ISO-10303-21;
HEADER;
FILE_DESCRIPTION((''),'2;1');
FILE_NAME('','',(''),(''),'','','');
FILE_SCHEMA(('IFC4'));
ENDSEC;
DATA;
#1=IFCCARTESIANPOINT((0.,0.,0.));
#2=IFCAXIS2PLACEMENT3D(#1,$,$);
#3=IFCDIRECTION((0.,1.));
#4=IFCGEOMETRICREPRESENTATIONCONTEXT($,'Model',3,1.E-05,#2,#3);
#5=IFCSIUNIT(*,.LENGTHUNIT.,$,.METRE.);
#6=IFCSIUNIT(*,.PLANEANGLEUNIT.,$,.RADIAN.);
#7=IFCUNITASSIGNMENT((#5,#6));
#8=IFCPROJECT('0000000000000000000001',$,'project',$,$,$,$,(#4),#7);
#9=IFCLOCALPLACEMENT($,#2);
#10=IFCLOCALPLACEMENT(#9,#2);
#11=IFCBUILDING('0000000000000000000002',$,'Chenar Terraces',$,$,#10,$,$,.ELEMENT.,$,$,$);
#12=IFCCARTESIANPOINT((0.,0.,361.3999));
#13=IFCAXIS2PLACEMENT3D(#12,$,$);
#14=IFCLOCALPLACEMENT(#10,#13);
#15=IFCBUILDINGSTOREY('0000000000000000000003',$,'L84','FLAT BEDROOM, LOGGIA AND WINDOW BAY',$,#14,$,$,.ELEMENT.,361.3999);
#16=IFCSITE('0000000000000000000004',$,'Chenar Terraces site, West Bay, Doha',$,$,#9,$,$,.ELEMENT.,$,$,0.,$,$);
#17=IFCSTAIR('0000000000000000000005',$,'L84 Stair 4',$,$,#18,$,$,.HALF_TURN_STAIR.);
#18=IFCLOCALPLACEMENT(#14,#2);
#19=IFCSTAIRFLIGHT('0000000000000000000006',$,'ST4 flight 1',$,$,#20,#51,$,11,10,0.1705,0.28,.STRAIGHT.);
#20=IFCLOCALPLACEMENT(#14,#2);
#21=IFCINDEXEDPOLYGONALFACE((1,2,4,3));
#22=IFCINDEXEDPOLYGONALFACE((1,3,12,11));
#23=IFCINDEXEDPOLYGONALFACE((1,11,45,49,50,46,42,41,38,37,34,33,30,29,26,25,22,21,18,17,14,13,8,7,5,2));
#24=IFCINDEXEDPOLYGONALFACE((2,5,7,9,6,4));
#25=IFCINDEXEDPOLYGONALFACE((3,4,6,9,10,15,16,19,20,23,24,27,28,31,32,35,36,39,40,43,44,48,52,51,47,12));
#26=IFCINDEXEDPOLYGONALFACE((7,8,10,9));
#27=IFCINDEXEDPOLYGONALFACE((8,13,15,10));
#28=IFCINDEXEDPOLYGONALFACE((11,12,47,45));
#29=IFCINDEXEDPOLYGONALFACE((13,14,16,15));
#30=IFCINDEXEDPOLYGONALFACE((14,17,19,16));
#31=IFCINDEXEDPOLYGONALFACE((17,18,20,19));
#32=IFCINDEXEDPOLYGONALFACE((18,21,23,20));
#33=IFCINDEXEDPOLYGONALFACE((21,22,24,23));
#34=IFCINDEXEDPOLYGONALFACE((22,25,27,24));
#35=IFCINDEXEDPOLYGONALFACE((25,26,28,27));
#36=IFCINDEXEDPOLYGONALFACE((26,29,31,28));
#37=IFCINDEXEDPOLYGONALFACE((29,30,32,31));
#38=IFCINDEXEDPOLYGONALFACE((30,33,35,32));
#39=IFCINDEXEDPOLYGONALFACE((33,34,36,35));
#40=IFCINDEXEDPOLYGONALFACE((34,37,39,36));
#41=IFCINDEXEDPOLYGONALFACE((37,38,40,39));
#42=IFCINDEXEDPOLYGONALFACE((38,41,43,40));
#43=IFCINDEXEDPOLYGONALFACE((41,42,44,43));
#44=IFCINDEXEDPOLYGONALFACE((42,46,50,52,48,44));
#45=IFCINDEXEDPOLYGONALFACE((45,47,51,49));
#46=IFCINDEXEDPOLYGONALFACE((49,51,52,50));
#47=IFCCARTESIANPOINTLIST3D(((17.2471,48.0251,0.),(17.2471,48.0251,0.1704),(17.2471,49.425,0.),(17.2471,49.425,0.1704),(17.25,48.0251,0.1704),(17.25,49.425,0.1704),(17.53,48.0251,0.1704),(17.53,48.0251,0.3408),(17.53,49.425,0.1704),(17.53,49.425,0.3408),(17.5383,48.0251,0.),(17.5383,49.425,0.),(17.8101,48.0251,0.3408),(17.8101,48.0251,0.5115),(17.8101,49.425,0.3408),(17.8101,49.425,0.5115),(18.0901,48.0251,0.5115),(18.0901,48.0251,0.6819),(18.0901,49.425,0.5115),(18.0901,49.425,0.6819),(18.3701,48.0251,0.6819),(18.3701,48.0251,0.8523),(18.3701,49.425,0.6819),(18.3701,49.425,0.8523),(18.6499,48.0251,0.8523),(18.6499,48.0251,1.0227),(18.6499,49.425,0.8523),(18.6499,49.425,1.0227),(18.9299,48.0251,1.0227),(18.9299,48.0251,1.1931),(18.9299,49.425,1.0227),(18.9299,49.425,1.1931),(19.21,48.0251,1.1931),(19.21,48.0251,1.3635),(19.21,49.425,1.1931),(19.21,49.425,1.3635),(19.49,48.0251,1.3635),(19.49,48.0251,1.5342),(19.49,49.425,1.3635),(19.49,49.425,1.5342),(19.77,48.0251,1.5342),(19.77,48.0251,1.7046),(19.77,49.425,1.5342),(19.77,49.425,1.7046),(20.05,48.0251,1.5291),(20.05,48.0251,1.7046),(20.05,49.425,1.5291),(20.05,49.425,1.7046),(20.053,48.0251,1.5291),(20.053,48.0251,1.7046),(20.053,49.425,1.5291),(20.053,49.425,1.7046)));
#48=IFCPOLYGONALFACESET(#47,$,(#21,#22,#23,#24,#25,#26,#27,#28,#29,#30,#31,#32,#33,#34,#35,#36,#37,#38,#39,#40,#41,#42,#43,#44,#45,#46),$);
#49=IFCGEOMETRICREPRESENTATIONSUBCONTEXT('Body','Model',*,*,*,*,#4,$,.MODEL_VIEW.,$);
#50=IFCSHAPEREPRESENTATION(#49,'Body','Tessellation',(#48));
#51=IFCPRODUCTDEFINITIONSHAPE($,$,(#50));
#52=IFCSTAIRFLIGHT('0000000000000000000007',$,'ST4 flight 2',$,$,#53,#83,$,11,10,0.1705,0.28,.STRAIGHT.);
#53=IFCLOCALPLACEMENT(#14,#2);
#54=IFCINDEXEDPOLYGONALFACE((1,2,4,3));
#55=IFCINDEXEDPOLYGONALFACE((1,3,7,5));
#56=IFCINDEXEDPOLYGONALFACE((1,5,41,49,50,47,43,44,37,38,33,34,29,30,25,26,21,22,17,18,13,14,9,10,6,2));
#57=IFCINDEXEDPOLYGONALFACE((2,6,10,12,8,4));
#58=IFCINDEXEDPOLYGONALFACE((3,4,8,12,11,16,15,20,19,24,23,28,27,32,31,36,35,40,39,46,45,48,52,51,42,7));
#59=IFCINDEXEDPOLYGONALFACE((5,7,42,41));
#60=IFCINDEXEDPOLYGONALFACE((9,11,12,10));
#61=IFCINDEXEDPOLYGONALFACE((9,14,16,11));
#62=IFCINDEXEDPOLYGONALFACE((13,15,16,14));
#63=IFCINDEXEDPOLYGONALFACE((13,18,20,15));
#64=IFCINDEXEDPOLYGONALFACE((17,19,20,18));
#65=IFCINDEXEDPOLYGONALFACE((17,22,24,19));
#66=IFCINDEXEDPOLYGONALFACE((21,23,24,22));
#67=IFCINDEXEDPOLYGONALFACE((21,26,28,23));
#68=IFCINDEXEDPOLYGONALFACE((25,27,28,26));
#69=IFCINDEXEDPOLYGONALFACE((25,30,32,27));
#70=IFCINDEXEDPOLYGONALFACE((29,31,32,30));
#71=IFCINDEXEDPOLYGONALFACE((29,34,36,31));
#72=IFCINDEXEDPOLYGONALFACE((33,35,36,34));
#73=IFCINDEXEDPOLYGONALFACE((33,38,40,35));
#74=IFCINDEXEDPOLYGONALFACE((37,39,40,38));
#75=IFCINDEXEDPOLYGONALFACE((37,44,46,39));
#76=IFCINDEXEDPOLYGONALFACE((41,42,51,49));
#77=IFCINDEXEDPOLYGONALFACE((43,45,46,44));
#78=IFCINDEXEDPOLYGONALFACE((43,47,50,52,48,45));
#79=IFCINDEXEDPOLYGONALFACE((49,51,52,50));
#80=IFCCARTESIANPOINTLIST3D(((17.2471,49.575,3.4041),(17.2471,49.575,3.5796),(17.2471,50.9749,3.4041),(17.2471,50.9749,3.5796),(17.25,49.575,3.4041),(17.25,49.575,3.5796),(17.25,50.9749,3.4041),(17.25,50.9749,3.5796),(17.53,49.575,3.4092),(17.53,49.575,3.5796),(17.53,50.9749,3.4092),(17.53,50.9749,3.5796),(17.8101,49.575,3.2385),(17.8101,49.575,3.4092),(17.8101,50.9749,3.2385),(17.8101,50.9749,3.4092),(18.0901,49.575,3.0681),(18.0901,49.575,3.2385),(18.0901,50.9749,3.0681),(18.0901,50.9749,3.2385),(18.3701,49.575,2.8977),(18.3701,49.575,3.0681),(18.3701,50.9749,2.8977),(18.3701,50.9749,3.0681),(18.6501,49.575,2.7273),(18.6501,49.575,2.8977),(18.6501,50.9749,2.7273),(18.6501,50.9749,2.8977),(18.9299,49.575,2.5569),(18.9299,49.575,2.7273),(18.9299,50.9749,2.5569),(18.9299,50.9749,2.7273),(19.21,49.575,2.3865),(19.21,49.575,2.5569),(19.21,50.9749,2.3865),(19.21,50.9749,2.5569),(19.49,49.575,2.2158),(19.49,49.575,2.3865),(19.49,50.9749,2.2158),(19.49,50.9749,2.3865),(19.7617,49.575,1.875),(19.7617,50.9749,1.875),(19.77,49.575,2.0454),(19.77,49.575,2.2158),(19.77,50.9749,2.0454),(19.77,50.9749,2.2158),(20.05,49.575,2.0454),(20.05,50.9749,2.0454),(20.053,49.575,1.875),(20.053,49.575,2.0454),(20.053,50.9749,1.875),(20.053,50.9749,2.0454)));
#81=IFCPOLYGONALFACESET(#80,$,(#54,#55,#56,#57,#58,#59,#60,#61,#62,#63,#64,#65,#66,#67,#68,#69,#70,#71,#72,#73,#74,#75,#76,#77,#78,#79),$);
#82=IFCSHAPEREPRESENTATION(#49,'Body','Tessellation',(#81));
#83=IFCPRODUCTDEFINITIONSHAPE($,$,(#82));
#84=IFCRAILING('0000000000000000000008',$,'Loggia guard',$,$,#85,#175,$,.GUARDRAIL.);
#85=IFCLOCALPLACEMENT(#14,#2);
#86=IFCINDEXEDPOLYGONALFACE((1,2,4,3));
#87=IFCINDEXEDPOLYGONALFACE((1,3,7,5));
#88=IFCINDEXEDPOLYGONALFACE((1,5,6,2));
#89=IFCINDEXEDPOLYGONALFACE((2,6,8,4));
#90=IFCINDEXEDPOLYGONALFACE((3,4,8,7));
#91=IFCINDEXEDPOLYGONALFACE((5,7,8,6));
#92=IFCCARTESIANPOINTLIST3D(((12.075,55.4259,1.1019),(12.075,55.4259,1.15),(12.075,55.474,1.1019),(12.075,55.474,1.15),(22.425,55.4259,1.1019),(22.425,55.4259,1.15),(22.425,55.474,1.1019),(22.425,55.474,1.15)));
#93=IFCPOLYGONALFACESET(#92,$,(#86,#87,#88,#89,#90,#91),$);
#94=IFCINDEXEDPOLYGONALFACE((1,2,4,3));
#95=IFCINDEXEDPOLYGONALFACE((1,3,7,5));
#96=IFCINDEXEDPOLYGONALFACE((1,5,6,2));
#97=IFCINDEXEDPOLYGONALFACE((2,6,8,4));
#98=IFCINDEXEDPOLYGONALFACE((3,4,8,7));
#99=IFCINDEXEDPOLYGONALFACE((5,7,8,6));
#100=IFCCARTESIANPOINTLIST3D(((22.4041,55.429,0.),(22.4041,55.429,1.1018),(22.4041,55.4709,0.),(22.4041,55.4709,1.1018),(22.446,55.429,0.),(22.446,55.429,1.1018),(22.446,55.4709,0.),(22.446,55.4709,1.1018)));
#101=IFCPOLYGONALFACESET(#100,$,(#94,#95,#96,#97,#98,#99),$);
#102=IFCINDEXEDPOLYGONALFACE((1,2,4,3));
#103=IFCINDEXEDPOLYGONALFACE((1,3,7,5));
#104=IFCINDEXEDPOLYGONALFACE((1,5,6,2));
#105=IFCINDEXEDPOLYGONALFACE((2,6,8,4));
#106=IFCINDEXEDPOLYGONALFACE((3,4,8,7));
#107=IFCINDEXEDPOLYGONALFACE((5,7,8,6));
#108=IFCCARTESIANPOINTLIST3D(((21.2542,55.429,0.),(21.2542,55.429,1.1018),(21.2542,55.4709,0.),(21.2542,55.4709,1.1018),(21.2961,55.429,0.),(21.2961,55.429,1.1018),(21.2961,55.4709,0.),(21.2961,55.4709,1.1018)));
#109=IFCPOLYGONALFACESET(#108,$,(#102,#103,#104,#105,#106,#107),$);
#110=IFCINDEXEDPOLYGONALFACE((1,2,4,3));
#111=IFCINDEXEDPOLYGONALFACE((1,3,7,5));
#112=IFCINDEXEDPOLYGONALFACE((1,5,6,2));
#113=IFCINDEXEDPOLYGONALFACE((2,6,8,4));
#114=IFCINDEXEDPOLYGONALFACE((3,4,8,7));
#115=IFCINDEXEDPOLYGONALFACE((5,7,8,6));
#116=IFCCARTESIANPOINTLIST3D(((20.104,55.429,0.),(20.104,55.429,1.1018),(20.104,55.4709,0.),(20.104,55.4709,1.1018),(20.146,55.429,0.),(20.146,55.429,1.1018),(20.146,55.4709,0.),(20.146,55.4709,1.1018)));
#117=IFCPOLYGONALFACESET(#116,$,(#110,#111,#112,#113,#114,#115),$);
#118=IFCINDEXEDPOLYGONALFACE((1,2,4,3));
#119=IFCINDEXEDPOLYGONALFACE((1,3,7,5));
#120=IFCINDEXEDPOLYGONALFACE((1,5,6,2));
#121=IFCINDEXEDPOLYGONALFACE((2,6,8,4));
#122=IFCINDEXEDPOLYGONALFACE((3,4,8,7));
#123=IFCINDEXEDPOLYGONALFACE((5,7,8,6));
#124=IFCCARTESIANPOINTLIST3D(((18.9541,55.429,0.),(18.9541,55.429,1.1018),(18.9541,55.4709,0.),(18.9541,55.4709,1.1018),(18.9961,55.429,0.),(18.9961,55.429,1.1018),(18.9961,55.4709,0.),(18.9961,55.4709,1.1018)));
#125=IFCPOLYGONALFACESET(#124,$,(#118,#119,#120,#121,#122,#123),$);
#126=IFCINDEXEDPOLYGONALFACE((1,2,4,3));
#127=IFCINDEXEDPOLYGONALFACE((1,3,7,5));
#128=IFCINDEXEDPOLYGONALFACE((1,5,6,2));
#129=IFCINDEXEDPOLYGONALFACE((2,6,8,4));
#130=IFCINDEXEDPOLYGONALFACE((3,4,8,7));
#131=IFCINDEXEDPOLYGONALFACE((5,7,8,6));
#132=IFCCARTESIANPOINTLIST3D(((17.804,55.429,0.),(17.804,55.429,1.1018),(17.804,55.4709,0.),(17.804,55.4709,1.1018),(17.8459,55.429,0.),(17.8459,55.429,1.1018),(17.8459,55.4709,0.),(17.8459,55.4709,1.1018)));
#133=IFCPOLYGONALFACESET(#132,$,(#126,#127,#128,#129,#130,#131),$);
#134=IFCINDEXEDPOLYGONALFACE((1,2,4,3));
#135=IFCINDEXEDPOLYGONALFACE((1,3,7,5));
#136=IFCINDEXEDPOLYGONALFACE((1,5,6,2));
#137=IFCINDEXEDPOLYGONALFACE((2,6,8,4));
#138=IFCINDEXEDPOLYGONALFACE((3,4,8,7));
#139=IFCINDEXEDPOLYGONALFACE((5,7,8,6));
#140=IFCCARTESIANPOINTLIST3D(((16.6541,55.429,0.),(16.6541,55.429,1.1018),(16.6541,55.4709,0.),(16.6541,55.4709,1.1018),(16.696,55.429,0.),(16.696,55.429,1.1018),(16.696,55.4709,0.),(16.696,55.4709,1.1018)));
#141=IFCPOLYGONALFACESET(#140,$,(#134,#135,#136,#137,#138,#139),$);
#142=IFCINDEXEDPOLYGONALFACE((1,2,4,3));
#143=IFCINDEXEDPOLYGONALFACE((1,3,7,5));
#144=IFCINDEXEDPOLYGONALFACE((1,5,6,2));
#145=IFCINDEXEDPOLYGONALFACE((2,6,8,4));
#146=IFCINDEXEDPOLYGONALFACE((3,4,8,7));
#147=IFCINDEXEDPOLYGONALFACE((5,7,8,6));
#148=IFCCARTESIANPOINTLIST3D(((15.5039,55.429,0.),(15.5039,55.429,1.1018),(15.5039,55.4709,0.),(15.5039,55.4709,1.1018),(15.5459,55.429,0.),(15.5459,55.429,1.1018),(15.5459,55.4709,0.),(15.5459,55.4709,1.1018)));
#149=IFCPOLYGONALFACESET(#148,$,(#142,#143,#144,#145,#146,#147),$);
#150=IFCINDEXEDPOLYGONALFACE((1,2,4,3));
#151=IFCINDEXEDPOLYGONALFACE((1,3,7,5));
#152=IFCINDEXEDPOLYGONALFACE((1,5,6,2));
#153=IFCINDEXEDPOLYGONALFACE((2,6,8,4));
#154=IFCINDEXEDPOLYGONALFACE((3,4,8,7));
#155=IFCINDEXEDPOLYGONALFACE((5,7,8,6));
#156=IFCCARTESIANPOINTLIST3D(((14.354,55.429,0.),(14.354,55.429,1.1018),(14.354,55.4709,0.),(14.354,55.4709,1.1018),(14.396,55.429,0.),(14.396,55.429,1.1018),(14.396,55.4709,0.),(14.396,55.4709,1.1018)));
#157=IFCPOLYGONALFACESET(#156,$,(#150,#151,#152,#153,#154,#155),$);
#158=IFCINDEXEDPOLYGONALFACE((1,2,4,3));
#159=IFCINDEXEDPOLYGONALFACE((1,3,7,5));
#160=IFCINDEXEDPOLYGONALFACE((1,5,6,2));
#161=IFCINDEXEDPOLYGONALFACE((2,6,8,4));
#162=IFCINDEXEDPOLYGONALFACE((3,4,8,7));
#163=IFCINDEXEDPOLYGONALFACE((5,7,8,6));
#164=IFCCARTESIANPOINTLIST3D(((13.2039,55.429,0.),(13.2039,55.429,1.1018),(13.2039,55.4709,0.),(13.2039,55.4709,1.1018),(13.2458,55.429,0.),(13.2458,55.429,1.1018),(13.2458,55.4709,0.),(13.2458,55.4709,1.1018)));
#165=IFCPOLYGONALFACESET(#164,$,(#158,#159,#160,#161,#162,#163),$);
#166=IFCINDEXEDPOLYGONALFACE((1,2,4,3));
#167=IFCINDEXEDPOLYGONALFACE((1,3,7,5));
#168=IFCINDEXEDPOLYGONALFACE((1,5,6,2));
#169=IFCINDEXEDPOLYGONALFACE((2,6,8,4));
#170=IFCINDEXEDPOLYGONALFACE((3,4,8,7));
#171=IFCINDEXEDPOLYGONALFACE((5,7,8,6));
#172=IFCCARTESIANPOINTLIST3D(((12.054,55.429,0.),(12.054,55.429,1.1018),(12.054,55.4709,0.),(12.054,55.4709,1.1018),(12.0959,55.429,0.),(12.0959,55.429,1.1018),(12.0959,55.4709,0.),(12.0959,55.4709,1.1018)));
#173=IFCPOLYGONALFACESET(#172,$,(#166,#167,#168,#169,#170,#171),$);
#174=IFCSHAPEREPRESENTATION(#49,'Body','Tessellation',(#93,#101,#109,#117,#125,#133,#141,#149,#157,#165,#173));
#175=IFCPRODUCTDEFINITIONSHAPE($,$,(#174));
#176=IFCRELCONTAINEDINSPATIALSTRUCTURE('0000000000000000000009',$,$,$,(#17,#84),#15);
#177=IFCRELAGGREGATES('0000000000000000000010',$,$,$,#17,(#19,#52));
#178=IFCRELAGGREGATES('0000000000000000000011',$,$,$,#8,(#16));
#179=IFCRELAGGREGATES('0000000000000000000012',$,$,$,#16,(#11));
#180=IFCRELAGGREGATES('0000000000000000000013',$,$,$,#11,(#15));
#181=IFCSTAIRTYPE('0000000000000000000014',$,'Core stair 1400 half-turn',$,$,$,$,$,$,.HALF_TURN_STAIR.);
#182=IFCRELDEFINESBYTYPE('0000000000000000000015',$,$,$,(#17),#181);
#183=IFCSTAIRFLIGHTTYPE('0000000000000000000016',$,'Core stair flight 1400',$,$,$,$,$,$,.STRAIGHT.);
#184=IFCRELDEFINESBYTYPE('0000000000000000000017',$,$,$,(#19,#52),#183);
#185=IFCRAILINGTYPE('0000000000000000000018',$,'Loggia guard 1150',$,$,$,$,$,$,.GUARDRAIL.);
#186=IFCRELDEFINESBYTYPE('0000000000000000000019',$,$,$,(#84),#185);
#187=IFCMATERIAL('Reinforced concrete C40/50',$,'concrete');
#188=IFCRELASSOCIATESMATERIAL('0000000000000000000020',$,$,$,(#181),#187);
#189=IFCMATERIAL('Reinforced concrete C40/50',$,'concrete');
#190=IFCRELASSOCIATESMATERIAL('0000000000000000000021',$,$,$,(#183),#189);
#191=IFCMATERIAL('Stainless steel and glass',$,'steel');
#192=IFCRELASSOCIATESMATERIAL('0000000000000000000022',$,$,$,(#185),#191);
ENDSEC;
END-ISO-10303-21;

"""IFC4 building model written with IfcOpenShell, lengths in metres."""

from ifc_helpers import new_model, si_unit, direction, frame, origin, origin_2d, place, context, subcontext, project, spatial, polyline, rectangle, outline, extrude, material, type_object, element, aggregate, save


model = new_model("IFC4")

# Units and contexts
model_context = context("Model", 3, precision=1e-05, world=origin(), true_north=direction((0.0, 1.0)))
body_context = subcontext(model_context, "Body", "Model", "MODEL_VIEW")
ifc_project = project(units=[si_unit("LENGTHUNIT", "METRE"), si_unit("PLANEANGLEUNIT", "RADIAN")], contexts=[model_context])

# Site, building, storey
site_placement = place(None, origin())
site = spatial("IfcSite", under=ifc_project, at=site_placement, Name="Chenar Terraces site, West Bay, Doha", CompositionType="ELEMENT", RefElevation=0.0)
building_placement = place(site_placement, origin())
building = spatial("IfcBuilding", under=site, at=building_placement, Name="Chenar Terraces", CompositionType="ELEMENT")
storey_placement = place(building_placement, frame((0.0, 0.0, 361.3999)))
storey = spatial("IfcBuildingStorey", under=building, at=storey_placement, Name="L84", Description="FLAT BEDROOM, LOGGIA AND WINDOW BAY", CompositionType="ELEMENT", Elevation=361.3999)

# Stair, stair flights
ifc_material_1 = material(Name="Reinforced concrete C40/50", Category="concrete")
stair_type = type_object("IfcStairType", Name="Core stair 1400 half-turn", PredefinedType="HALF_TURN_STAIR", material=ifc_material_1)
stair_placement = place(storey_placement, origin())
stair = element("IfcStair", 1, at=stair_placement, inside=storey, type_object=stair_type, Name="L84 Stair 4", PredefinedType="HALF_TURN_STAIR")
ifc_material_2 = material(Name="Reinforced concrete C40/50", Category="concrete")
stair_flight_type = type_object("IfcStairFlightType", Name="Core stair flight 1400", PredefinedType="STRAIGHT", material=ifc_material_2)
stair_flight_1_placement = place(storey_placement, frame((17.25, 48.7251, 0.0), z_axis=(0.0, 0.0, 1.0), x_axis=(1.0, 0.0, 0.0)))
stair_flight_1 = element("IfcStairFlight", 2, at=stair_flight_1_placement, type_object=stair_flight_type, Name="ST4 flight 1", NumberOfRisers=11, NumberOfTreads=10, PredefinedType="STRAIGHT", RiserHeight=0.1705, TreadLength=0.28, context=body_context, shape_type="SweptSolid", body=[
    extrude(outline(polyline([(-0.0029, 0.0), (-0.0029, 0.1704), (0.0, 0.1704), (0.28, 0.1704), (0.28, 0.3408), (0.5601, 0.3408), (0.5601, 0.5115), (0.8401, 0.5115), (0.8401, 0.6819), (1.1201, 0.6819), (1.1201, 0.8523), (1.3999, 0.8523), (1.3999, 1.0227), (1.6799, 1.0227), (1.6799, 1.1931), (1.96, 1.1931), (1.96, 1.3635), (2.24, 1.3635), (2.24, 1.5342), (2.52, 1.5342), (2.52, 1.7046), (2.8, 1.7046), (2.803, 1.7046), (2.803, 1.5291), (2.8, 1.5291), (0.2883, 0.0), (-0.0029, 0.0)])), frame((0.0, 0.7, 0.0), z_axis=(0.0, -1.0, 0.0), x_axis=(1.0, 0.0, 0.0)), (0.0, 0.0, 1.0), 1.3999),
])
stair_flight_2_placement = place(storey_placement, frame((20.05, 50.2749, 1.875), z_axis=(0.0, 0.0, 1.0), x_axis=(-1.0, 0.0, 0.0)))
stair_flight_2 = element("IfcStairFlight", 3, at=stair_flight_2_placement, type_object=stair_flight_type, Name="ST4 flight 2", NumberOfRisers=11, NumberOfTreads=10, PredefinedType="STRAIGHT", RiserHeight=0.1705, TreadLength=0.28, context=body_context, shape_type="SweptSolid", body=[
    extrude(outline(polyline([(-0.0029, 0.0), (-0.0029, 0.1704), (0.0, 0.1704), (0.28, 0.1704), (0.28, 0.3408), (0.5601, 0.3408), (0.5601, 0.5115), (0.8401, 0.5115), (0.8401, 0.6819), (1.1201, 0.6819), (1.1201, 0.8523), (1.3999, 0.8523), (1.3999, 1.0227), (1.6799, 1.0227), (1.6799, 1.1931), (1.96, 1.1931), (1.96, 1.3635), (2.24, 1.3635), (2.24, 1.5342), (2.52, 1.5342), (2.52, 1.7046), (2.8, 1.7046), (2.803, 1.7046), (2.803, 1.5291), (2.8, 1.5291), (0.2883, 0.0), (-0.0029, 0.0)])), frame((0.0, 0.7, 0.0), z_axis=(0.0, -1.0, 0.0), x_axis=(1.0, 0.0, 0.0)), (0.0, 0.0, 1.0), 1.3999),
])
aggregate(stair, [stair_flight_1, stair_flight_2])

# Railing
ifc_material_3 = material(Name="Stainless steel and glass", Category="steel")
railing_type_1 = type_object("IfcRailingType", Name="Loggia guard 1150", PredefinedType="GUARDRAIL", material=ifc_material_3)
railing_1_placement = place(storey_placement, frame((22.425, 55.45, 0.0)))
element("IfcRailing", 4, at=railing_1_placement, inside=storey, type_object=railing_type_1, Name="Loggia guard", PredefinedType="GUARDRAIL", context=body_context, shape_type="SweptSolid", body=[
    extrude(rectangle(XDim=0.0481, YDim=0.0481, at=origin_2d()), frame((0.0, 0.0, 1.126), z_axis=(-1.0, 0.0, 0.0), x_axis=(0.0, -1.0, 0.0)), (0.0, 0.0, 1.0), 10.3501),
    extrude(rectangle(XDim=0.042, YDim=0.042, at=origin_2d()), origin(), (0.0, 0.0, 1.0), 1.1018),
    extrude(rectangle(XDim=0.042, YDim=0.042, at=origin_2d()), frame((-1.1499, 0.0, 0.0)), (0.0, 0.0, 1.0), 1.1018),
    extrude(rectangle(XDim=0.042, YDim=0.042, at=origin_2d()), frame((-2.3, 0.0, 0.0)), (0.0, 0.0, 1.0), 1.1018),
    extrude(rectangle(XDim=0.042, YDim=0.042, at=origin_2d()), frame((-3.45, 0.0, 0.0)), (0.0, 0.0, 1.0), 1.1018),
    extrude(rectangle(XDim=0.042, YDim=0.042, at=origin_2d()), frame((-4.6001, 0.0, 0.0)), (0.0, 0.0, 1.0), 1.1018),
    extrude(rectangle(XDim=0.042, YDim=0.042, at=origin_2d()), frame((-5.75, 0.0, 0.0)), (0.0, 0.0, 1.0), 1.1018),
    extrude(rectangle(XDim=0.042, YDim=0.042, at=origin_2d()), frame((-6.9001, 0.0, 0.0)), (0.0, 0.0, 1.0), 1.1018),
    extrude(rectangle(XDim=0.042, YDim=0.042, at=origin_2d()), frame((-8.05, 0.0, 0.0)), (0.0, 0.0, 1.0), 1.1018),
    extrude(rectangle(XDim=0.042, YDim=0.042, at=origin_2d()), frame((-9.2002, 0.0, 0.0)), (0.0, 0.0, 1.0), 1.1018),
    extrude(rectangle(XDim=0.042, YDim=0.042, at=origin_2d()), frame((-10.3501, 0.0, 0.0)), (0.0, 0.0, 1.0), 1.1018),
])

save(model, "model.ifc")
